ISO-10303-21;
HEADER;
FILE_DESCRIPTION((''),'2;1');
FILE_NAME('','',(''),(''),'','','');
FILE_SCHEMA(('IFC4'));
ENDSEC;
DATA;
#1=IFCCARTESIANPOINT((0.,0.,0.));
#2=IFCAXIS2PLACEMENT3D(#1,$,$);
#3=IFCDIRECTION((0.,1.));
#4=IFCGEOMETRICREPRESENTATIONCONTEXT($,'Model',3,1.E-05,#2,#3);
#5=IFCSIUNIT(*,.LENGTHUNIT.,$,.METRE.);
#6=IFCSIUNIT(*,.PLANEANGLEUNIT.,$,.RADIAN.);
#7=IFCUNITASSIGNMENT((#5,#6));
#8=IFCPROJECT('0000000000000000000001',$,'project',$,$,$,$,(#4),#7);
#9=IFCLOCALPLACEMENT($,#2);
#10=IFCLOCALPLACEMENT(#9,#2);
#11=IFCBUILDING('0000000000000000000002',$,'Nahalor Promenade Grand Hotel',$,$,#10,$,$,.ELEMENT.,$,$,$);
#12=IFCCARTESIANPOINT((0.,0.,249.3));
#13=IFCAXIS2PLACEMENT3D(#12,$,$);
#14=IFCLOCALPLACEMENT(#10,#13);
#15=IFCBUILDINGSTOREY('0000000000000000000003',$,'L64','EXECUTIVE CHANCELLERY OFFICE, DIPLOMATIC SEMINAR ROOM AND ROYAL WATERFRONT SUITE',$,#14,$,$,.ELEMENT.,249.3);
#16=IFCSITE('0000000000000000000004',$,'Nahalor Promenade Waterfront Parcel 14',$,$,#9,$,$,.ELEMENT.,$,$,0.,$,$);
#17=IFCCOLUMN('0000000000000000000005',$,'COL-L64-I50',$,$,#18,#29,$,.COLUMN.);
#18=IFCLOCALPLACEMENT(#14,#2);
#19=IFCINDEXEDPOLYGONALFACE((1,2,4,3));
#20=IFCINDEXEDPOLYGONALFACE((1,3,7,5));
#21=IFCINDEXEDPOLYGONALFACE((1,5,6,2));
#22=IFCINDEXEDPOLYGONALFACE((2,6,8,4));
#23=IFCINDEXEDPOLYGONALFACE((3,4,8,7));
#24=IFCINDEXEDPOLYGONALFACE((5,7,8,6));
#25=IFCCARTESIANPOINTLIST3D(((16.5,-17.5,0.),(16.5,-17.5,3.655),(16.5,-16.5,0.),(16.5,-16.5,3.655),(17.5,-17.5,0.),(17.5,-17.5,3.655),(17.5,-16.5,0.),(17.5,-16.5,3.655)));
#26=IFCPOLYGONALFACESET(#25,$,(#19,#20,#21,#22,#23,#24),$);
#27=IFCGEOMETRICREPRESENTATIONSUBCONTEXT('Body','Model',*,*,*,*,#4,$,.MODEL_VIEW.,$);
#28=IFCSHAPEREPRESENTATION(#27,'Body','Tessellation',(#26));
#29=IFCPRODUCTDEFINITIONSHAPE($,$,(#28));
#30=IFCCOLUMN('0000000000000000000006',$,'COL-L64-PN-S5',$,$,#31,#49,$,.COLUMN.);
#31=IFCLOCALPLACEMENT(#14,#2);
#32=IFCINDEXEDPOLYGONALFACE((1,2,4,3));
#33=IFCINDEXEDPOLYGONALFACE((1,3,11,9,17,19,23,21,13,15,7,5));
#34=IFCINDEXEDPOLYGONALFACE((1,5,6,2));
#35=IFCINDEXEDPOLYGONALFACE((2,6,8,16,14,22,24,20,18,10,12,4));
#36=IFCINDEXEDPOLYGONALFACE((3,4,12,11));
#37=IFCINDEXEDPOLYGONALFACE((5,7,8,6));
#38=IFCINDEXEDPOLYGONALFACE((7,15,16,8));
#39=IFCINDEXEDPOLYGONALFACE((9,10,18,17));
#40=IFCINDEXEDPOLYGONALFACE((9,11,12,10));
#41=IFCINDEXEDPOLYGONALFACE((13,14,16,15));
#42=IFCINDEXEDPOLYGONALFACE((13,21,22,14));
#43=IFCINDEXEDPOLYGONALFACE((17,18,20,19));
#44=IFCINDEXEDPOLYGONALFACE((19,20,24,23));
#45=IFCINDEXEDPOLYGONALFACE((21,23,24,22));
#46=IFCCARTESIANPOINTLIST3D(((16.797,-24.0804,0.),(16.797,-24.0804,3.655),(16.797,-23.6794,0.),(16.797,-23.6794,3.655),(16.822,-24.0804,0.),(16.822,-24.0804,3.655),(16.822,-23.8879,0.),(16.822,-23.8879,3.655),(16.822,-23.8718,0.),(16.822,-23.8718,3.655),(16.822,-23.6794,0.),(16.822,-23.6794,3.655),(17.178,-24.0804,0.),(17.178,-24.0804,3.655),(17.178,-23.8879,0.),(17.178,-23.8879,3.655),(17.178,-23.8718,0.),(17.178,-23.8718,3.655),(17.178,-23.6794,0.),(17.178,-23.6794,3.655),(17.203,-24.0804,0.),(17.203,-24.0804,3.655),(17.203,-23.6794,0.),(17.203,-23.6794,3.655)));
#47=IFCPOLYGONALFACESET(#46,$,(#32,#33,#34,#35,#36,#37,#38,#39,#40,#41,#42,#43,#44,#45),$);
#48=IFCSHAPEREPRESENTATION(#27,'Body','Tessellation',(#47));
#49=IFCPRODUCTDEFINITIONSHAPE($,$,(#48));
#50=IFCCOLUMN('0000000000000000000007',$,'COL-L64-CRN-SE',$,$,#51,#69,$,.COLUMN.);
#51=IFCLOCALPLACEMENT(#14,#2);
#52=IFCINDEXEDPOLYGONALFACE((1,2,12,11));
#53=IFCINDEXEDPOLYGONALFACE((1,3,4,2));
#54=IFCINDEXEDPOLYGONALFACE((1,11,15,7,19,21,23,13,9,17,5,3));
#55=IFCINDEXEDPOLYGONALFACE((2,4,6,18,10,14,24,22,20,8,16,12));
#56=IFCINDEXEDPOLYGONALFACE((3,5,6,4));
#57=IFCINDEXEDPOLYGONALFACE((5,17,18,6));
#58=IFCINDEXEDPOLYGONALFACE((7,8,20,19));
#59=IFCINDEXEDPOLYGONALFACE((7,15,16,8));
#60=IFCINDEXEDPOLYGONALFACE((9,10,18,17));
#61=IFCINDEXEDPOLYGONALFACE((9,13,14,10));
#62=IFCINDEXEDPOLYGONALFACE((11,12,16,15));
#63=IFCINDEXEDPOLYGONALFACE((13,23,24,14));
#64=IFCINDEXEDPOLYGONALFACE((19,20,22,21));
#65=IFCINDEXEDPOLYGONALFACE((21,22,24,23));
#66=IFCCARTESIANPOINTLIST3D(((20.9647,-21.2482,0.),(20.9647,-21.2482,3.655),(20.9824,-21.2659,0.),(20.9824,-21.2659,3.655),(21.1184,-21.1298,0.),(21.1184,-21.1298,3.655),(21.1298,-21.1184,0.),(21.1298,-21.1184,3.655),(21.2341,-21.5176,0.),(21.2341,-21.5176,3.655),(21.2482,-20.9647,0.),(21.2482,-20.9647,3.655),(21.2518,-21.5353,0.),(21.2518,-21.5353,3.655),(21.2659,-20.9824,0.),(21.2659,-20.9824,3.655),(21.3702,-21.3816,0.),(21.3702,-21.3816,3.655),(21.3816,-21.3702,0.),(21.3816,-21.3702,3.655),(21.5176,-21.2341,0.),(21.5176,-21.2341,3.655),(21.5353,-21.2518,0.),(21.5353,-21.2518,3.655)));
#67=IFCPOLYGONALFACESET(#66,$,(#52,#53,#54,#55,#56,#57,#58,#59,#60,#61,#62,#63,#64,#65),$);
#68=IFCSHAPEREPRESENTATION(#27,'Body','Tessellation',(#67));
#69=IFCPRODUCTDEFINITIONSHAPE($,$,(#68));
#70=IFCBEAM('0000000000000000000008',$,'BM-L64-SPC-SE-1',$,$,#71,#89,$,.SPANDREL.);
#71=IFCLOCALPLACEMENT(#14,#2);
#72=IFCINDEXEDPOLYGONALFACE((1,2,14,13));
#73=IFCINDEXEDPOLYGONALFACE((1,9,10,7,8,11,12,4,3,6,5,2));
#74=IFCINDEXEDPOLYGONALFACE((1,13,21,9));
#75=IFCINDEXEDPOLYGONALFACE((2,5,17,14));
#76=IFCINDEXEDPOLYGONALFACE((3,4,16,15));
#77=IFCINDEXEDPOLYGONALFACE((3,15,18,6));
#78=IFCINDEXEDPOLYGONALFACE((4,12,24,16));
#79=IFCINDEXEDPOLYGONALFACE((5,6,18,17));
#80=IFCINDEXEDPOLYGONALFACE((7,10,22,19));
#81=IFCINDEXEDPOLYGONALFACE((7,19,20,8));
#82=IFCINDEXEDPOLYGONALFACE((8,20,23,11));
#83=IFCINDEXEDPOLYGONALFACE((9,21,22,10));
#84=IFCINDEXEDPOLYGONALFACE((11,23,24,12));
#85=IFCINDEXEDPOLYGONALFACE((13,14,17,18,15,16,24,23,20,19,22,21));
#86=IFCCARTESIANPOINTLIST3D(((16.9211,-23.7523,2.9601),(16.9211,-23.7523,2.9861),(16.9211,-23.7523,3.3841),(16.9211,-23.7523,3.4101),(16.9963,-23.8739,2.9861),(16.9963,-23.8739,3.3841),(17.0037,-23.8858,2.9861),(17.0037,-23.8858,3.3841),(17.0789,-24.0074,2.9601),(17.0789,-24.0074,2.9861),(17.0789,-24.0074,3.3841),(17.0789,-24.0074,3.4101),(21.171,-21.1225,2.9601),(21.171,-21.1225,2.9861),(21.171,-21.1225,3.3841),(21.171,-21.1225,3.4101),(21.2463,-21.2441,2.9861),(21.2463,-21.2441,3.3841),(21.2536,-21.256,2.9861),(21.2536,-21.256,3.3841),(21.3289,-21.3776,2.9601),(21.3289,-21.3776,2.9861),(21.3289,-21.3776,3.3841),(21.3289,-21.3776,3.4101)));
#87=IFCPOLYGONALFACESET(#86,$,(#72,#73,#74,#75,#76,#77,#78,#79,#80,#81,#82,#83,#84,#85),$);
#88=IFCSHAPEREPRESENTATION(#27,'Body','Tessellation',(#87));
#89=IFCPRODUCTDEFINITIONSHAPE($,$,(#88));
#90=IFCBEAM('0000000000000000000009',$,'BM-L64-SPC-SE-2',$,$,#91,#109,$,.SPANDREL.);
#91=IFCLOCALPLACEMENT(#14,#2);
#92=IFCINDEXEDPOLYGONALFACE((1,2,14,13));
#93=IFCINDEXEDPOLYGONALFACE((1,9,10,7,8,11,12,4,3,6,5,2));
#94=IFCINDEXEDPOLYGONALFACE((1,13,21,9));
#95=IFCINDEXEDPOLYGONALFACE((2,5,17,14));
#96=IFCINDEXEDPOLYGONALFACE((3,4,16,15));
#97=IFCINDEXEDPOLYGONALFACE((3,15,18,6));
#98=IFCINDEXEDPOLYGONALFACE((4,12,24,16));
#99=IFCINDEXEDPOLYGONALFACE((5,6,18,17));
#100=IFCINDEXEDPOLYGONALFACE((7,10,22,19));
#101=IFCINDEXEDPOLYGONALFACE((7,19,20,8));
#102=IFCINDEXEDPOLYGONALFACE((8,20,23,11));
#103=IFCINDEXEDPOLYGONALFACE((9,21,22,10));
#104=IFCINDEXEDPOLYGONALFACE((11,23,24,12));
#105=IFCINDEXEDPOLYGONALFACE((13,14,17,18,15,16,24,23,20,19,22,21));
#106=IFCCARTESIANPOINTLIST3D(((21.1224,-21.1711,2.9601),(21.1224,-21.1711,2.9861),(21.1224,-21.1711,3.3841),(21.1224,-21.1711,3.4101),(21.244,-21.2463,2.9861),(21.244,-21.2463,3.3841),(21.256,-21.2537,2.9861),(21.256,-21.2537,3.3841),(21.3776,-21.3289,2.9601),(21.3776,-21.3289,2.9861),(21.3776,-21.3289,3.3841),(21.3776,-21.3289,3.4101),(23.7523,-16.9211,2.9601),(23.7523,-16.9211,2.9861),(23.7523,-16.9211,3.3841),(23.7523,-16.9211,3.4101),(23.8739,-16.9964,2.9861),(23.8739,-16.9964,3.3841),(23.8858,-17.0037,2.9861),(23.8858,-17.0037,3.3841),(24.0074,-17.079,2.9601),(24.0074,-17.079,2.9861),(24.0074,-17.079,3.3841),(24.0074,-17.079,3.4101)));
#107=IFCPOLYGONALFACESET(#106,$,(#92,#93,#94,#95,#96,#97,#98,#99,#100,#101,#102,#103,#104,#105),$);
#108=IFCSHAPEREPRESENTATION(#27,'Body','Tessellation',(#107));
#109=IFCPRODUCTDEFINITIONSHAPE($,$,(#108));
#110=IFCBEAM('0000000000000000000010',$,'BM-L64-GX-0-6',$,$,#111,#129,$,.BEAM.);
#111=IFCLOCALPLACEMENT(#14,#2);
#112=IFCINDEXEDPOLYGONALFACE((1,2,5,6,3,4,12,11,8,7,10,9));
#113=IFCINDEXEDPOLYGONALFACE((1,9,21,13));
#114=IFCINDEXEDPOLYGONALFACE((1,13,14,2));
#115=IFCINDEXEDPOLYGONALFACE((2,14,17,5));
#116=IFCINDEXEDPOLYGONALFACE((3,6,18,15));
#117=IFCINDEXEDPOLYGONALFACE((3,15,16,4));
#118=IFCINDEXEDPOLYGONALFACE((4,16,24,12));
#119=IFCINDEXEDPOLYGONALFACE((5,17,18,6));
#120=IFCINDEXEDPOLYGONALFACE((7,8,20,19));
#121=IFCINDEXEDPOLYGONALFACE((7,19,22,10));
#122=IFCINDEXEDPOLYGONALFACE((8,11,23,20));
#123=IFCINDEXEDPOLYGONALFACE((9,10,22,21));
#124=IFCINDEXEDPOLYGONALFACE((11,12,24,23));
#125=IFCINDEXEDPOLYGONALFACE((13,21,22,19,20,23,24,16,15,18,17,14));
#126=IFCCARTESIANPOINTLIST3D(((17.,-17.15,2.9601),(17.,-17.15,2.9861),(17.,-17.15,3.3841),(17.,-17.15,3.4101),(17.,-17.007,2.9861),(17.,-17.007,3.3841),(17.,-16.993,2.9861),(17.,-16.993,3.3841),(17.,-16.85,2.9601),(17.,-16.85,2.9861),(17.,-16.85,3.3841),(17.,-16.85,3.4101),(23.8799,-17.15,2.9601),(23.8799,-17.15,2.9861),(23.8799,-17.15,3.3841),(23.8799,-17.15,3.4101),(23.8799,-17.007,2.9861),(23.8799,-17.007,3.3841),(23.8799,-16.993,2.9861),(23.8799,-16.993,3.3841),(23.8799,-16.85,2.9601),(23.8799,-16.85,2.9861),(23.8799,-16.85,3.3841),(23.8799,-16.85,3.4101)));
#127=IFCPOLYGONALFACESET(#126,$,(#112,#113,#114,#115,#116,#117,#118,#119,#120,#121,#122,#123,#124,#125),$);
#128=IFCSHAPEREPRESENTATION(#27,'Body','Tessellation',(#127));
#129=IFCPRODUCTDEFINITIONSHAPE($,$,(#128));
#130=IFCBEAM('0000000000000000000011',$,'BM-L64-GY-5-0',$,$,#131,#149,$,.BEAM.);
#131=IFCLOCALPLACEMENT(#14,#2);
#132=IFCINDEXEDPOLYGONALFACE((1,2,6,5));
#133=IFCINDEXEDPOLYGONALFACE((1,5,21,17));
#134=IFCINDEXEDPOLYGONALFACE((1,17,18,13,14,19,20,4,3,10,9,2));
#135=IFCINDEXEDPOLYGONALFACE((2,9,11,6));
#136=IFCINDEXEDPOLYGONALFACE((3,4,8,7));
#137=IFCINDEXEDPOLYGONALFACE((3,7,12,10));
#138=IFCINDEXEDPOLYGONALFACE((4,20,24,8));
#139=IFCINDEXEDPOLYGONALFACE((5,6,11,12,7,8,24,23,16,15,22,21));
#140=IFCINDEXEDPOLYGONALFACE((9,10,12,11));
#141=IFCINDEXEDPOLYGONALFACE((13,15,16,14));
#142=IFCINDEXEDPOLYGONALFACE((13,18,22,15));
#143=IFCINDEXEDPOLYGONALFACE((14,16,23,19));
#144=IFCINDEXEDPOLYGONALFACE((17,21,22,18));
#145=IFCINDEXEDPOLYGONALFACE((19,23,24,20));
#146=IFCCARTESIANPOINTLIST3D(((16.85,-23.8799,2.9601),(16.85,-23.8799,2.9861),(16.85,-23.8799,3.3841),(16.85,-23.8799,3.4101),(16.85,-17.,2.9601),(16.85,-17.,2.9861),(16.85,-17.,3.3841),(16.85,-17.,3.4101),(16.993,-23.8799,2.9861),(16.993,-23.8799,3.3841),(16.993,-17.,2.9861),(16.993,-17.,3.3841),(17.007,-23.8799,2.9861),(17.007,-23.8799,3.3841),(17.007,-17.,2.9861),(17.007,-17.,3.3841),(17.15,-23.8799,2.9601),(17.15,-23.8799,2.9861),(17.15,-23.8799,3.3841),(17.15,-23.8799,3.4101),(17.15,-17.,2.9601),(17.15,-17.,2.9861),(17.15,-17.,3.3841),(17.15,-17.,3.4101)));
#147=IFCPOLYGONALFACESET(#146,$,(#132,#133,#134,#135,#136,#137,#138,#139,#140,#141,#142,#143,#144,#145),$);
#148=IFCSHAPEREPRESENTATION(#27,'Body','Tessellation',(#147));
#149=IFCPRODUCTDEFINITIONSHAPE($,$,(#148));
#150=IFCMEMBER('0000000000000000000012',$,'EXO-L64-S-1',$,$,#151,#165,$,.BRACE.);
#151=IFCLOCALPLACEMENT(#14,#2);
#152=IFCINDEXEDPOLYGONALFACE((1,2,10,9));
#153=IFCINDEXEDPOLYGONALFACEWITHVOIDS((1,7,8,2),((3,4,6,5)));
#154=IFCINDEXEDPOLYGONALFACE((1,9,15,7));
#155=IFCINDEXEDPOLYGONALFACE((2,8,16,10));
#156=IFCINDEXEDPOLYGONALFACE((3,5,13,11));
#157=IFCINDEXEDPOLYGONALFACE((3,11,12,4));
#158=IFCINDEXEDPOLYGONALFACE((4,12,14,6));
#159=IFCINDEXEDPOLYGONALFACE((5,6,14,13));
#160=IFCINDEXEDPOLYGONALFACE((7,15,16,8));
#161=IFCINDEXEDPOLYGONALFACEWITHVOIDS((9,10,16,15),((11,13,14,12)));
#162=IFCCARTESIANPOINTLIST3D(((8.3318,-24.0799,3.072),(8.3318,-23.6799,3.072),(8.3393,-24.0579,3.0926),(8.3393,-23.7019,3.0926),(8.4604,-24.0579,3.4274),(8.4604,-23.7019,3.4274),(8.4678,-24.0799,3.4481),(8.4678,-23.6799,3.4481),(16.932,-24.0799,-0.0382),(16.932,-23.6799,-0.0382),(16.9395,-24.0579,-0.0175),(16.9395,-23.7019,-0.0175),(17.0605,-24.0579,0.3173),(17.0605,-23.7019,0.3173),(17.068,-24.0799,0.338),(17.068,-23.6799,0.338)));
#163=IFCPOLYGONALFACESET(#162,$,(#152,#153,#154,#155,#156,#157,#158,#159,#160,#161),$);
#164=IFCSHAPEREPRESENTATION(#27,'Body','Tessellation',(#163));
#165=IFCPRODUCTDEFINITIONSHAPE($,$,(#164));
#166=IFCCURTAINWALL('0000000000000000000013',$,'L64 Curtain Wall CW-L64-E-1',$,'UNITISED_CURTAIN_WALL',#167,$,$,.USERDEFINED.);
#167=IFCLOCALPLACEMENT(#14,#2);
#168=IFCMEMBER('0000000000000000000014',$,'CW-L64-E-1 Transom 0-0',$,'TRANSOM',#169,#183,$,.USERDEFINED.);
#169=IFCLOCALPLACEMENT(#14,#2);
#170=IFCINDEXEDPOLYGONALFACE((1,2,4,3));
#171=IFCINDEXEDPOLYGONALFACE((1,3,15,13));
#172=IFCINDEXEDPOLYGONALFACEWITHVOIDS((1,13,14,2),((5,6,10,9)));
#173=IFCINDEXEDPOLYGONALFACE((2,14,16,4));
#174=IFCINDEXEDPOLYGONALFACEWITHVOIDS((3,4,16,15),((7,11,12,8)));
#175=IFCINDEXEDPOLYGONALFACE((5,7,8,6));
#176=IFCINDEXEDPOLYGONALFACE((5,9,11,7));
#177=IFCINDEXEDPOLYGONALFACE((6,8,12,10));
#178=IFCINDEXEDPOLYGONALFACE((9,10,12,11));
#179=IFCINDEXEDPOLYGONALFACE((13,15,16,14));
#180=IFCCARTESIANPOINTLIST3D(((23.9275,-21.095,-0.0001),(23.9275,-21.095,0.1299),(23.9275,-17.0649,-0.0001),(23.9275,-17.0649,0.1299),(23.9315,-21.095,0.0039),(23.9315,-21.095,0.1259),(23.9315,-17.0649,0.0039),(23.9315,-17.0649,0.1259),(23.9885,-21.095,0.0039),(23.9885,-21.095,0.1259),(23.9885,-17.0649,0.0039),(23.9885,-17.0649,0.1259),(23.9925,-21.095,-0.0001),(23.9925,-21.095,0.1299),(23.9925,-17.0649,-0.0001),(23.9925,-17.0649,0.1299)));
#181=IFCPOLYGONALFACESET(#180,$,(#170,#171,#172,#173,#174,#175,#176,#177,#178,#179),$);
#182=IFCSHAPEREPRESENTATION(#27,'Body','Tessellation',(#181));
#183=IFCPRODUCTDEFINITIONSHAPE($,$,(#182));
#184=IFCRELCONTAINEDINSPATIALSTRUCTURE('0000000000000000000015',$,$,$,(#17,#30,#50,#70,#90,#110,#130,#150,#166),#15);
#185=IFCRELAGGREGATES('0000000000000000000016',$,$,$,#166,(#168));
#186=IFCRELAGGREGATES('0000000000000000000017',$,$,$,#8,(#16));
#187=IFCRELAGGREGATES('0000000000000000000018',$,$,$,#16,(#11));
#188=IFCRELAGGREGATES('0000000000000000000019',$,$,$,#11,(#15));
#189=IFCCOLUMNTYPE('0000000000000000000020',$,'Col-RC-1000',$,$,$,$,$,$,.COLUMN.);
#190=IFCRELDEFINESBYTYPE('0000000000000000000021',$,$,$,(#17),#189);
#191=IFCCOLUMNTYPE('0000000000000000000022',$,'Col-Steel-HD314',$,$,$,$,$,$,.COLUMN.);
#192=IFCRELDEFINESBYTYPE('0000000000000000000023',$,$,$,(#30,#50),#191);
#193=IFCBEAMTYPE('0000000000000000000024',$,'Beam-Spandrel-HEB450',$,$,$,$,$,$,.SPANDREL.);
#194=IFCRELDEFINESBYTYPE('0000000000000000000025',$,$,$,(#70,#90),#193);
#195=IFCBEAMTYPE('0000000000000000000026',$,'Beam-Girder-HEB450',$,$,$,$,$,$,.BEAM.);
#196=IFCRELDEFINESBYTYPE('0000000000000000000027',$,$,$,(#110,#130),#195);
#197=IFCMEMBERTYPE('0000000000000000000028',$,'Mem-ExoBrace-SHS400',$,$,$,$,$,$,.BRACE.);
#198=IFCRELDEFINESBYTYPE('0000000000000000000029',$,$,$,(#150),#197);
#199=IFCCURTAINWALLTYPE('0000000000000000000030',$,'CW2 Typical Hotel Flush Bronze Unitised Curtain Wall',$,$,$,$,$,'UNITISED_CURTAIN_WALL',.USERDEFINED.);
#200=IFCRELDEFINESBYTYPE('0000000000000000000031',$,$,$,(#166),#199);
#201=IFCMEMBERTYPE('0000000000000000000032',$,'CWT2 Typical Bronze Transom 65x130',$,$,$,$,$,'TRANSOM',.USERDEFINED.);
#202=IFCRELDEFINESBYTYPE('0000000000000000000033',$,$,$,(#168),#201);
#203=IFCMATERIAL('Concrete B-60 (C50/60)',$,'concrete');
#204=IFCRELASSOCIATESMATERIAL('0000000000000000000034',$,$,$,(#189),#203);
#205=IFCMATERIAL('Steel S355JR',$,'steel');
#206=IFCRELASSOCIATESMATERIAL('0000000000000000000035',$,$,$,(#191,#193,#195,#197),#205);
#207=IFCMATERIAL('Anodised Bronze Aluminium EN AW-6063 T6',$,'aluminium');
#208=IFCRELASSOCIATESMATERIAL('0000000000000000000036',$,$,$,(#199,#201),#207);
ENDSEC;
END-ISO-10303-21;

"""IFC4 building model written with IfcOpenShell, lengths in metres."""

from ifc_helpers import new_model, si_unit, direction, frame, origin, origin_2d, place, context, subcontext, project, spatial, rectangle, hollow_rectangle, i_section, extrude, source, transform, mapped, material, material_profile, profile_set, type_object, element, aggregate, save


model = new_model("IFC4")

# Units and contexts
model_context = context("Model", 3, precision=1e-05, world=origin(), true_north=direction((0.0, 1.0)))
body_context = subcontext(model_context, "Body", "Model", "MODEL_VIEW")
ifc_project = project(units=[si_unit("LENGTHUNIT", "METRE"), si_unit("PLANEANGLEUNIT", "RADIAN")], contexts=[model_context])

# Site, building, storey
site_placement = place(None, origin())
site = spatial("IfcSite", under=ifc_project, at=site_placement, Name="Nahalor Promenade Waterfront Parcel 14", CompositionType="ELEMENT", RefElevation=0.0)
building_placement = place(site_placement, origin())
building = spatial("IfcBuilding", under=site, at=building_placement, Name="Nahalor Promenade Grand Hotel", CompositionType="ELEMENT")
storey_placement = place(building_placement, frame((0.0, 0.0, 249.3)))
storey = spatial("IfcBuildingStorey", under=building, at=storey_placement, Name="L64", Description="EXECUTIVE CHANCELLERY OFFICE, DIPLOMATIC SEMINAR ROOM AND ROYAL WATERFRONT SUITE", CompositionType="ELEMENT", Elevation=249.3)

# Columns
ifc_material_1 = material(Name="Concrete B-60 (C50/60)", Category="concrete")
ifc_material_profile_1 = material_profile(ifc_material_1, rectangle(XDim=1.0, YDim=1.0, at=origin_2d()), Name="RC 1000x1000")
ifc_profile_set_1 = profile_set([ifc_material_profile_1], Name="Concrete B-60 (C50/60)")
column_type_1 = type_object("IfcColumnType", Name="Col-RC-1000", PredefinedType="COLUMN", material=ifc_profile_set_1)
shared_shape_1 = source(origin(), body_context, "Body", "SweptSolid", [
    extrude(rectangle(XDim=1.0, YDim=1.0, at=origin_2d()), origin(), (0.0, 0.0, 1.0), 3.655),
])
column_placement = place(storey_placement, frame((17.0, -17.0, 0.0), z_axis=(0.0, 0.0, 1.0), x_axis=(1.0, 0.0, 0.0)))
element("IfcColumn", 1, at=column_placement, inside=storey, type_object=column_type_1, Name="COL-L64-I50", PredefinedType="COLUMN", context=body_context, shape_type="MappedRepresentation", body=[
    mapped(shared_shape_1, transform((0.0, 0.0, 0.0), scale=1.0)),
])
ifc_material_2 = material(Name="Steel S355JR", Category="steel")
ifc_material_profile_2 = material_profile(ifc_material_2, i_section(OverallWidth=0.401, OverallDepth=0.406, WebThickness=0.0161, FlangeThickness=0.025, at=origin_2d()), Name="HD 400x314")
ifc_profile_set_2 = profile_set([ifc_material_profile_2], Name="Steel S355JR")
column_type_2 = type_object("IfcColumnType", Name="Col-Steel-HD314", PredefinedType="COLUMN", material=ifc_profile_set_2)
shared_shape_2 = source(origin(), body_context, "Body", "SweptSolid", [
    extrude(i_section(OverallWidth=0.401, OverallDepth=0.406, WebThickness=0.0161, FlangeThickness=0.025, at=origin_2d()), origin(), (0.0, 0.0, 1.0), 3.655),
])
for number, where, z_axis, x_axis, name in (
    (2, (17.0, -23.8799, 0.0), (0.0, 0.0, 1.0), (0.0, 1.0, 0.0), "COL-L64-PN-S5"),
    (3, (21.25, -21.25, 0.0), (0.0, 0.0, 1.0), (0.707107, 0.707107, 0.0), "COL-L64-CRN-SE"),
):
    element("IfcColumn", number, at=place(storey_placement, frame(where, z_axis=z_axis, x_axis=x_axis)), inside=storey, type_object=column_type_2, Name=name, PredefinedType="COLUMN", context=body_context, shape_type="MappedRepresentation", body=[
        mapped(shared_shape_2, transform((0.0, 0.0, 0.0), scale=1.0)),
    ])

# Beams
ifc_material_profile_3 = material_profile(ifc_material_2, i_section(OverallWidth=0.3, OverallDepth=0.45, WebThickness=0.014, FlangeThickness=0.026, at=origin_2d()), Name="HEB 450")
ifc_profile_set_3 = profile_set([ifc_material_profile_3], Name="Steel S355JR")
beam_type_1 = type_object("IfcBeamType", Name="Beam-Spandrel-HEB450", PredefinedType="SPANDREL", material=ifc_profile_set_3)
shared_shape_3 = source(origin(), body_context, "Body", "SweptSolid", [
    extrude(i_section(OverallWidth=0.3, OverallDepth=0.45, WebThickness=0.014, FlangeThickness=0.026, at=origin_2d()), origin(), (0.0, 0.0, 1.0), 4.9978),
])
for number, where, z_axis, x_axis, name in (
    (4, (17.0, -23.8799, 3.1851), (0.850361, 0.5262, 0.0), (-0.5262, 0.850361, 0.0), "BM-L64-SPC-SE-1"),
    (5, (21.25, -21.25, 3.1851), (0.5262, 0.850361, 0.0), (-0.850361, 0.5262, 0.0), "BM-L64-SPC-SE-2"),
):
    element("IfcBeam", number, at=place(storey_placement, frame(where, z_axis=z_axis, x_axis=x_axis)), inside=storey, type_object=beam_type_1, Name=name, PredefinedType="SPANDREL", context=body_context, shape_type="MappedRepresentation", body=[
        mapped(shared_shape_3, transform((0.0, 0.0, 0.0), scale=1.0)),
    ])
ifc_material_profile_4 = material_profile(ifc_material_2, i_section(OverallWidth=0.3, OverallDepth=0.45, WebThickness=0.014, FlangeThickness=0.026, at=origin_2d()), Name="HEB 450")
ifc_profile_set_4 = profile_set([ifc_material_profile_4], Name="Steel S355JR")
beam_type_2 = type_object("IfcBeamType", Name="Beam-Girder-HEB450", PredefinedType="BEAM", material=ifc_profile_set_4)
shared_shape_4 = source(origin(), body_context, "Body", "SweptSolid", [
    extrude(i_section(OverallWidth=0.3, OverallDepth=0.45, WebThickness=0.014, FlangeThickness=0.026, at=origin_2d()), origin(), (0.0, 0.0, 1.0), 6.8799),
])
for number, where, z_axis, x_axis, name in (
    (6, (17.0, -17.0, 3.1851), (1.0, 0.0, 0.0), (0.0, 1.0, 0.0), "BM-L64-GX-0-6"),
    (7, (17.0, -23.8799, 3.1851), (0.0, 1.0, 0.0), (-1.0, 0.0, 0.0), "BM-L64-GY-5-0"),
):
    element("IfcBeam", number, at=place(storey_placement, frame(where, z_axis=z_axis, x_axis=x_axis)), inside=storey, type_object=beam_type_2, Name=name, PredefinedType="BEAM", context=body_context, shape_type="MappedRepresentation", body=[
        mapped(shared_shape_4, transform((0.0, 0.0, 0.0), scale=1.0)),
    ])

# Member
ifc_material_profile_5 = material_profile(ifc_material_2, hollow_rectangle(XDim=0.4, YDim=0.4, WallThickness=0.022, at=origin_2d()), Name="SHS 400x400x22")
ifc_profile_set_5 = profile_set([ifc_material_profile_5], Name="Steel S355JR")
member_type_1 = type_object("IfcMemberType", Name="Mem-ExoBrace-SHS400", PredefinedType="BRACE", material=ifc_profile_set_5)
shared_shape_5 = source(origin(), body_context, "Body", "SweptSolid", [
    extrude(hollow_rectangle(XDim=0.4, YDim=0.4, WallThickness=0.022, at=origin_2d()), origin(), (0.0, 0.0, 1.0), 9.1453),
])
member_1_placement = place(storey_placement, frame((17.0, -23.8799, 0.1499), z_axis=(-0.940396, 0.0, 0.340081), x_axis=(0.0, -1.0, 0.0)))
element("IfcMember", 8, at=member_1_placement, inside=storey, type_object=member_type_1, Name="EXO-L64-S-1", PredefinedType="BRACE", context=body_context, shape_type="MappedRepresentation", body=[
    mapped(shared_shape_5, transform((0.0, 0.0, 0.0), scale=1.0)),
])

# Curtain wall, member
ifc_material_3 = material(Name="Anodised Bronze Aluminium EN AW-6063 T6", Category="aluminium")
curtain_wall_type = type_object("IfcCurtainWallType", Name="CW2 Typical Hotel Flush Bronze Unitised Curtain Wall", ElementType="UNITISED_CURTAIN_WALL", PredefinedType="USERDEFINED", material=ifc_material_3)
curtain_wall_1_placement = place(storey_placement, origin())
curtain_wall_1 = element("IfcCurtainWall", 9, at=curtain_wall_1_placement, inside=storey, type_object=curtain_wall_type, Name="L64 Curtain Wall CW-L64-E-1", ObjectType="UNITISED_CURTAIN_WALL", PredefinedType="USERDEFINED")
ifc_material_profile_6 = material_profile(ifc_material_3, hollow_rectangle(XDim=0.065, YDim=0.13, WallThickness=0.004, at=origin_2d()), Name="CWT 65x130x4")
ifc_profile_set_6 = profile_set([ifc_material_profile_6], Name="Anodised Bronze Aluminium EN AW-6063 T6")
member_type_2 = type_object("IfcMemberType", Name="CWT2 Typical Bronze Transom 65x130", ElementType="TRANSOM", PredefinedType="USERDEFINED", material=ifc_profile_set_6)
shared_shape_6 = source(origin(), body_context, "Body", "SweptSolid", [
    extrude(hollow_rectangle(XDim=0.065, YDim=0.13, WallThickness=0.004, at=origin_2d()), origin(), (0.0, 0.0, 1.0), 4.03),
])
member_2_placement = place(storey_placement, frame((23.96, -21.095, 0.0649), z_axis=(0.0, 1.0, 0.0), x_axis=(-1.0, 0.0, 0.0)))
member_2 = element("IfcMember", 10, at=member_2_placement, type_object=member_type_2, Name="CW-L64-E-1 Transom 0-0", ObjectType="TRANSOM", PredefinedType="USERDEFINED", context=body_context, shape_type="MappedRepresentation", body=[
    mapped(shared_shape_6, transform((0.0, 0.0, 0.0), scale=1.0)),
])

aggregate(curtain_wall_1, [member_2])

save(model, "model.ifc")
